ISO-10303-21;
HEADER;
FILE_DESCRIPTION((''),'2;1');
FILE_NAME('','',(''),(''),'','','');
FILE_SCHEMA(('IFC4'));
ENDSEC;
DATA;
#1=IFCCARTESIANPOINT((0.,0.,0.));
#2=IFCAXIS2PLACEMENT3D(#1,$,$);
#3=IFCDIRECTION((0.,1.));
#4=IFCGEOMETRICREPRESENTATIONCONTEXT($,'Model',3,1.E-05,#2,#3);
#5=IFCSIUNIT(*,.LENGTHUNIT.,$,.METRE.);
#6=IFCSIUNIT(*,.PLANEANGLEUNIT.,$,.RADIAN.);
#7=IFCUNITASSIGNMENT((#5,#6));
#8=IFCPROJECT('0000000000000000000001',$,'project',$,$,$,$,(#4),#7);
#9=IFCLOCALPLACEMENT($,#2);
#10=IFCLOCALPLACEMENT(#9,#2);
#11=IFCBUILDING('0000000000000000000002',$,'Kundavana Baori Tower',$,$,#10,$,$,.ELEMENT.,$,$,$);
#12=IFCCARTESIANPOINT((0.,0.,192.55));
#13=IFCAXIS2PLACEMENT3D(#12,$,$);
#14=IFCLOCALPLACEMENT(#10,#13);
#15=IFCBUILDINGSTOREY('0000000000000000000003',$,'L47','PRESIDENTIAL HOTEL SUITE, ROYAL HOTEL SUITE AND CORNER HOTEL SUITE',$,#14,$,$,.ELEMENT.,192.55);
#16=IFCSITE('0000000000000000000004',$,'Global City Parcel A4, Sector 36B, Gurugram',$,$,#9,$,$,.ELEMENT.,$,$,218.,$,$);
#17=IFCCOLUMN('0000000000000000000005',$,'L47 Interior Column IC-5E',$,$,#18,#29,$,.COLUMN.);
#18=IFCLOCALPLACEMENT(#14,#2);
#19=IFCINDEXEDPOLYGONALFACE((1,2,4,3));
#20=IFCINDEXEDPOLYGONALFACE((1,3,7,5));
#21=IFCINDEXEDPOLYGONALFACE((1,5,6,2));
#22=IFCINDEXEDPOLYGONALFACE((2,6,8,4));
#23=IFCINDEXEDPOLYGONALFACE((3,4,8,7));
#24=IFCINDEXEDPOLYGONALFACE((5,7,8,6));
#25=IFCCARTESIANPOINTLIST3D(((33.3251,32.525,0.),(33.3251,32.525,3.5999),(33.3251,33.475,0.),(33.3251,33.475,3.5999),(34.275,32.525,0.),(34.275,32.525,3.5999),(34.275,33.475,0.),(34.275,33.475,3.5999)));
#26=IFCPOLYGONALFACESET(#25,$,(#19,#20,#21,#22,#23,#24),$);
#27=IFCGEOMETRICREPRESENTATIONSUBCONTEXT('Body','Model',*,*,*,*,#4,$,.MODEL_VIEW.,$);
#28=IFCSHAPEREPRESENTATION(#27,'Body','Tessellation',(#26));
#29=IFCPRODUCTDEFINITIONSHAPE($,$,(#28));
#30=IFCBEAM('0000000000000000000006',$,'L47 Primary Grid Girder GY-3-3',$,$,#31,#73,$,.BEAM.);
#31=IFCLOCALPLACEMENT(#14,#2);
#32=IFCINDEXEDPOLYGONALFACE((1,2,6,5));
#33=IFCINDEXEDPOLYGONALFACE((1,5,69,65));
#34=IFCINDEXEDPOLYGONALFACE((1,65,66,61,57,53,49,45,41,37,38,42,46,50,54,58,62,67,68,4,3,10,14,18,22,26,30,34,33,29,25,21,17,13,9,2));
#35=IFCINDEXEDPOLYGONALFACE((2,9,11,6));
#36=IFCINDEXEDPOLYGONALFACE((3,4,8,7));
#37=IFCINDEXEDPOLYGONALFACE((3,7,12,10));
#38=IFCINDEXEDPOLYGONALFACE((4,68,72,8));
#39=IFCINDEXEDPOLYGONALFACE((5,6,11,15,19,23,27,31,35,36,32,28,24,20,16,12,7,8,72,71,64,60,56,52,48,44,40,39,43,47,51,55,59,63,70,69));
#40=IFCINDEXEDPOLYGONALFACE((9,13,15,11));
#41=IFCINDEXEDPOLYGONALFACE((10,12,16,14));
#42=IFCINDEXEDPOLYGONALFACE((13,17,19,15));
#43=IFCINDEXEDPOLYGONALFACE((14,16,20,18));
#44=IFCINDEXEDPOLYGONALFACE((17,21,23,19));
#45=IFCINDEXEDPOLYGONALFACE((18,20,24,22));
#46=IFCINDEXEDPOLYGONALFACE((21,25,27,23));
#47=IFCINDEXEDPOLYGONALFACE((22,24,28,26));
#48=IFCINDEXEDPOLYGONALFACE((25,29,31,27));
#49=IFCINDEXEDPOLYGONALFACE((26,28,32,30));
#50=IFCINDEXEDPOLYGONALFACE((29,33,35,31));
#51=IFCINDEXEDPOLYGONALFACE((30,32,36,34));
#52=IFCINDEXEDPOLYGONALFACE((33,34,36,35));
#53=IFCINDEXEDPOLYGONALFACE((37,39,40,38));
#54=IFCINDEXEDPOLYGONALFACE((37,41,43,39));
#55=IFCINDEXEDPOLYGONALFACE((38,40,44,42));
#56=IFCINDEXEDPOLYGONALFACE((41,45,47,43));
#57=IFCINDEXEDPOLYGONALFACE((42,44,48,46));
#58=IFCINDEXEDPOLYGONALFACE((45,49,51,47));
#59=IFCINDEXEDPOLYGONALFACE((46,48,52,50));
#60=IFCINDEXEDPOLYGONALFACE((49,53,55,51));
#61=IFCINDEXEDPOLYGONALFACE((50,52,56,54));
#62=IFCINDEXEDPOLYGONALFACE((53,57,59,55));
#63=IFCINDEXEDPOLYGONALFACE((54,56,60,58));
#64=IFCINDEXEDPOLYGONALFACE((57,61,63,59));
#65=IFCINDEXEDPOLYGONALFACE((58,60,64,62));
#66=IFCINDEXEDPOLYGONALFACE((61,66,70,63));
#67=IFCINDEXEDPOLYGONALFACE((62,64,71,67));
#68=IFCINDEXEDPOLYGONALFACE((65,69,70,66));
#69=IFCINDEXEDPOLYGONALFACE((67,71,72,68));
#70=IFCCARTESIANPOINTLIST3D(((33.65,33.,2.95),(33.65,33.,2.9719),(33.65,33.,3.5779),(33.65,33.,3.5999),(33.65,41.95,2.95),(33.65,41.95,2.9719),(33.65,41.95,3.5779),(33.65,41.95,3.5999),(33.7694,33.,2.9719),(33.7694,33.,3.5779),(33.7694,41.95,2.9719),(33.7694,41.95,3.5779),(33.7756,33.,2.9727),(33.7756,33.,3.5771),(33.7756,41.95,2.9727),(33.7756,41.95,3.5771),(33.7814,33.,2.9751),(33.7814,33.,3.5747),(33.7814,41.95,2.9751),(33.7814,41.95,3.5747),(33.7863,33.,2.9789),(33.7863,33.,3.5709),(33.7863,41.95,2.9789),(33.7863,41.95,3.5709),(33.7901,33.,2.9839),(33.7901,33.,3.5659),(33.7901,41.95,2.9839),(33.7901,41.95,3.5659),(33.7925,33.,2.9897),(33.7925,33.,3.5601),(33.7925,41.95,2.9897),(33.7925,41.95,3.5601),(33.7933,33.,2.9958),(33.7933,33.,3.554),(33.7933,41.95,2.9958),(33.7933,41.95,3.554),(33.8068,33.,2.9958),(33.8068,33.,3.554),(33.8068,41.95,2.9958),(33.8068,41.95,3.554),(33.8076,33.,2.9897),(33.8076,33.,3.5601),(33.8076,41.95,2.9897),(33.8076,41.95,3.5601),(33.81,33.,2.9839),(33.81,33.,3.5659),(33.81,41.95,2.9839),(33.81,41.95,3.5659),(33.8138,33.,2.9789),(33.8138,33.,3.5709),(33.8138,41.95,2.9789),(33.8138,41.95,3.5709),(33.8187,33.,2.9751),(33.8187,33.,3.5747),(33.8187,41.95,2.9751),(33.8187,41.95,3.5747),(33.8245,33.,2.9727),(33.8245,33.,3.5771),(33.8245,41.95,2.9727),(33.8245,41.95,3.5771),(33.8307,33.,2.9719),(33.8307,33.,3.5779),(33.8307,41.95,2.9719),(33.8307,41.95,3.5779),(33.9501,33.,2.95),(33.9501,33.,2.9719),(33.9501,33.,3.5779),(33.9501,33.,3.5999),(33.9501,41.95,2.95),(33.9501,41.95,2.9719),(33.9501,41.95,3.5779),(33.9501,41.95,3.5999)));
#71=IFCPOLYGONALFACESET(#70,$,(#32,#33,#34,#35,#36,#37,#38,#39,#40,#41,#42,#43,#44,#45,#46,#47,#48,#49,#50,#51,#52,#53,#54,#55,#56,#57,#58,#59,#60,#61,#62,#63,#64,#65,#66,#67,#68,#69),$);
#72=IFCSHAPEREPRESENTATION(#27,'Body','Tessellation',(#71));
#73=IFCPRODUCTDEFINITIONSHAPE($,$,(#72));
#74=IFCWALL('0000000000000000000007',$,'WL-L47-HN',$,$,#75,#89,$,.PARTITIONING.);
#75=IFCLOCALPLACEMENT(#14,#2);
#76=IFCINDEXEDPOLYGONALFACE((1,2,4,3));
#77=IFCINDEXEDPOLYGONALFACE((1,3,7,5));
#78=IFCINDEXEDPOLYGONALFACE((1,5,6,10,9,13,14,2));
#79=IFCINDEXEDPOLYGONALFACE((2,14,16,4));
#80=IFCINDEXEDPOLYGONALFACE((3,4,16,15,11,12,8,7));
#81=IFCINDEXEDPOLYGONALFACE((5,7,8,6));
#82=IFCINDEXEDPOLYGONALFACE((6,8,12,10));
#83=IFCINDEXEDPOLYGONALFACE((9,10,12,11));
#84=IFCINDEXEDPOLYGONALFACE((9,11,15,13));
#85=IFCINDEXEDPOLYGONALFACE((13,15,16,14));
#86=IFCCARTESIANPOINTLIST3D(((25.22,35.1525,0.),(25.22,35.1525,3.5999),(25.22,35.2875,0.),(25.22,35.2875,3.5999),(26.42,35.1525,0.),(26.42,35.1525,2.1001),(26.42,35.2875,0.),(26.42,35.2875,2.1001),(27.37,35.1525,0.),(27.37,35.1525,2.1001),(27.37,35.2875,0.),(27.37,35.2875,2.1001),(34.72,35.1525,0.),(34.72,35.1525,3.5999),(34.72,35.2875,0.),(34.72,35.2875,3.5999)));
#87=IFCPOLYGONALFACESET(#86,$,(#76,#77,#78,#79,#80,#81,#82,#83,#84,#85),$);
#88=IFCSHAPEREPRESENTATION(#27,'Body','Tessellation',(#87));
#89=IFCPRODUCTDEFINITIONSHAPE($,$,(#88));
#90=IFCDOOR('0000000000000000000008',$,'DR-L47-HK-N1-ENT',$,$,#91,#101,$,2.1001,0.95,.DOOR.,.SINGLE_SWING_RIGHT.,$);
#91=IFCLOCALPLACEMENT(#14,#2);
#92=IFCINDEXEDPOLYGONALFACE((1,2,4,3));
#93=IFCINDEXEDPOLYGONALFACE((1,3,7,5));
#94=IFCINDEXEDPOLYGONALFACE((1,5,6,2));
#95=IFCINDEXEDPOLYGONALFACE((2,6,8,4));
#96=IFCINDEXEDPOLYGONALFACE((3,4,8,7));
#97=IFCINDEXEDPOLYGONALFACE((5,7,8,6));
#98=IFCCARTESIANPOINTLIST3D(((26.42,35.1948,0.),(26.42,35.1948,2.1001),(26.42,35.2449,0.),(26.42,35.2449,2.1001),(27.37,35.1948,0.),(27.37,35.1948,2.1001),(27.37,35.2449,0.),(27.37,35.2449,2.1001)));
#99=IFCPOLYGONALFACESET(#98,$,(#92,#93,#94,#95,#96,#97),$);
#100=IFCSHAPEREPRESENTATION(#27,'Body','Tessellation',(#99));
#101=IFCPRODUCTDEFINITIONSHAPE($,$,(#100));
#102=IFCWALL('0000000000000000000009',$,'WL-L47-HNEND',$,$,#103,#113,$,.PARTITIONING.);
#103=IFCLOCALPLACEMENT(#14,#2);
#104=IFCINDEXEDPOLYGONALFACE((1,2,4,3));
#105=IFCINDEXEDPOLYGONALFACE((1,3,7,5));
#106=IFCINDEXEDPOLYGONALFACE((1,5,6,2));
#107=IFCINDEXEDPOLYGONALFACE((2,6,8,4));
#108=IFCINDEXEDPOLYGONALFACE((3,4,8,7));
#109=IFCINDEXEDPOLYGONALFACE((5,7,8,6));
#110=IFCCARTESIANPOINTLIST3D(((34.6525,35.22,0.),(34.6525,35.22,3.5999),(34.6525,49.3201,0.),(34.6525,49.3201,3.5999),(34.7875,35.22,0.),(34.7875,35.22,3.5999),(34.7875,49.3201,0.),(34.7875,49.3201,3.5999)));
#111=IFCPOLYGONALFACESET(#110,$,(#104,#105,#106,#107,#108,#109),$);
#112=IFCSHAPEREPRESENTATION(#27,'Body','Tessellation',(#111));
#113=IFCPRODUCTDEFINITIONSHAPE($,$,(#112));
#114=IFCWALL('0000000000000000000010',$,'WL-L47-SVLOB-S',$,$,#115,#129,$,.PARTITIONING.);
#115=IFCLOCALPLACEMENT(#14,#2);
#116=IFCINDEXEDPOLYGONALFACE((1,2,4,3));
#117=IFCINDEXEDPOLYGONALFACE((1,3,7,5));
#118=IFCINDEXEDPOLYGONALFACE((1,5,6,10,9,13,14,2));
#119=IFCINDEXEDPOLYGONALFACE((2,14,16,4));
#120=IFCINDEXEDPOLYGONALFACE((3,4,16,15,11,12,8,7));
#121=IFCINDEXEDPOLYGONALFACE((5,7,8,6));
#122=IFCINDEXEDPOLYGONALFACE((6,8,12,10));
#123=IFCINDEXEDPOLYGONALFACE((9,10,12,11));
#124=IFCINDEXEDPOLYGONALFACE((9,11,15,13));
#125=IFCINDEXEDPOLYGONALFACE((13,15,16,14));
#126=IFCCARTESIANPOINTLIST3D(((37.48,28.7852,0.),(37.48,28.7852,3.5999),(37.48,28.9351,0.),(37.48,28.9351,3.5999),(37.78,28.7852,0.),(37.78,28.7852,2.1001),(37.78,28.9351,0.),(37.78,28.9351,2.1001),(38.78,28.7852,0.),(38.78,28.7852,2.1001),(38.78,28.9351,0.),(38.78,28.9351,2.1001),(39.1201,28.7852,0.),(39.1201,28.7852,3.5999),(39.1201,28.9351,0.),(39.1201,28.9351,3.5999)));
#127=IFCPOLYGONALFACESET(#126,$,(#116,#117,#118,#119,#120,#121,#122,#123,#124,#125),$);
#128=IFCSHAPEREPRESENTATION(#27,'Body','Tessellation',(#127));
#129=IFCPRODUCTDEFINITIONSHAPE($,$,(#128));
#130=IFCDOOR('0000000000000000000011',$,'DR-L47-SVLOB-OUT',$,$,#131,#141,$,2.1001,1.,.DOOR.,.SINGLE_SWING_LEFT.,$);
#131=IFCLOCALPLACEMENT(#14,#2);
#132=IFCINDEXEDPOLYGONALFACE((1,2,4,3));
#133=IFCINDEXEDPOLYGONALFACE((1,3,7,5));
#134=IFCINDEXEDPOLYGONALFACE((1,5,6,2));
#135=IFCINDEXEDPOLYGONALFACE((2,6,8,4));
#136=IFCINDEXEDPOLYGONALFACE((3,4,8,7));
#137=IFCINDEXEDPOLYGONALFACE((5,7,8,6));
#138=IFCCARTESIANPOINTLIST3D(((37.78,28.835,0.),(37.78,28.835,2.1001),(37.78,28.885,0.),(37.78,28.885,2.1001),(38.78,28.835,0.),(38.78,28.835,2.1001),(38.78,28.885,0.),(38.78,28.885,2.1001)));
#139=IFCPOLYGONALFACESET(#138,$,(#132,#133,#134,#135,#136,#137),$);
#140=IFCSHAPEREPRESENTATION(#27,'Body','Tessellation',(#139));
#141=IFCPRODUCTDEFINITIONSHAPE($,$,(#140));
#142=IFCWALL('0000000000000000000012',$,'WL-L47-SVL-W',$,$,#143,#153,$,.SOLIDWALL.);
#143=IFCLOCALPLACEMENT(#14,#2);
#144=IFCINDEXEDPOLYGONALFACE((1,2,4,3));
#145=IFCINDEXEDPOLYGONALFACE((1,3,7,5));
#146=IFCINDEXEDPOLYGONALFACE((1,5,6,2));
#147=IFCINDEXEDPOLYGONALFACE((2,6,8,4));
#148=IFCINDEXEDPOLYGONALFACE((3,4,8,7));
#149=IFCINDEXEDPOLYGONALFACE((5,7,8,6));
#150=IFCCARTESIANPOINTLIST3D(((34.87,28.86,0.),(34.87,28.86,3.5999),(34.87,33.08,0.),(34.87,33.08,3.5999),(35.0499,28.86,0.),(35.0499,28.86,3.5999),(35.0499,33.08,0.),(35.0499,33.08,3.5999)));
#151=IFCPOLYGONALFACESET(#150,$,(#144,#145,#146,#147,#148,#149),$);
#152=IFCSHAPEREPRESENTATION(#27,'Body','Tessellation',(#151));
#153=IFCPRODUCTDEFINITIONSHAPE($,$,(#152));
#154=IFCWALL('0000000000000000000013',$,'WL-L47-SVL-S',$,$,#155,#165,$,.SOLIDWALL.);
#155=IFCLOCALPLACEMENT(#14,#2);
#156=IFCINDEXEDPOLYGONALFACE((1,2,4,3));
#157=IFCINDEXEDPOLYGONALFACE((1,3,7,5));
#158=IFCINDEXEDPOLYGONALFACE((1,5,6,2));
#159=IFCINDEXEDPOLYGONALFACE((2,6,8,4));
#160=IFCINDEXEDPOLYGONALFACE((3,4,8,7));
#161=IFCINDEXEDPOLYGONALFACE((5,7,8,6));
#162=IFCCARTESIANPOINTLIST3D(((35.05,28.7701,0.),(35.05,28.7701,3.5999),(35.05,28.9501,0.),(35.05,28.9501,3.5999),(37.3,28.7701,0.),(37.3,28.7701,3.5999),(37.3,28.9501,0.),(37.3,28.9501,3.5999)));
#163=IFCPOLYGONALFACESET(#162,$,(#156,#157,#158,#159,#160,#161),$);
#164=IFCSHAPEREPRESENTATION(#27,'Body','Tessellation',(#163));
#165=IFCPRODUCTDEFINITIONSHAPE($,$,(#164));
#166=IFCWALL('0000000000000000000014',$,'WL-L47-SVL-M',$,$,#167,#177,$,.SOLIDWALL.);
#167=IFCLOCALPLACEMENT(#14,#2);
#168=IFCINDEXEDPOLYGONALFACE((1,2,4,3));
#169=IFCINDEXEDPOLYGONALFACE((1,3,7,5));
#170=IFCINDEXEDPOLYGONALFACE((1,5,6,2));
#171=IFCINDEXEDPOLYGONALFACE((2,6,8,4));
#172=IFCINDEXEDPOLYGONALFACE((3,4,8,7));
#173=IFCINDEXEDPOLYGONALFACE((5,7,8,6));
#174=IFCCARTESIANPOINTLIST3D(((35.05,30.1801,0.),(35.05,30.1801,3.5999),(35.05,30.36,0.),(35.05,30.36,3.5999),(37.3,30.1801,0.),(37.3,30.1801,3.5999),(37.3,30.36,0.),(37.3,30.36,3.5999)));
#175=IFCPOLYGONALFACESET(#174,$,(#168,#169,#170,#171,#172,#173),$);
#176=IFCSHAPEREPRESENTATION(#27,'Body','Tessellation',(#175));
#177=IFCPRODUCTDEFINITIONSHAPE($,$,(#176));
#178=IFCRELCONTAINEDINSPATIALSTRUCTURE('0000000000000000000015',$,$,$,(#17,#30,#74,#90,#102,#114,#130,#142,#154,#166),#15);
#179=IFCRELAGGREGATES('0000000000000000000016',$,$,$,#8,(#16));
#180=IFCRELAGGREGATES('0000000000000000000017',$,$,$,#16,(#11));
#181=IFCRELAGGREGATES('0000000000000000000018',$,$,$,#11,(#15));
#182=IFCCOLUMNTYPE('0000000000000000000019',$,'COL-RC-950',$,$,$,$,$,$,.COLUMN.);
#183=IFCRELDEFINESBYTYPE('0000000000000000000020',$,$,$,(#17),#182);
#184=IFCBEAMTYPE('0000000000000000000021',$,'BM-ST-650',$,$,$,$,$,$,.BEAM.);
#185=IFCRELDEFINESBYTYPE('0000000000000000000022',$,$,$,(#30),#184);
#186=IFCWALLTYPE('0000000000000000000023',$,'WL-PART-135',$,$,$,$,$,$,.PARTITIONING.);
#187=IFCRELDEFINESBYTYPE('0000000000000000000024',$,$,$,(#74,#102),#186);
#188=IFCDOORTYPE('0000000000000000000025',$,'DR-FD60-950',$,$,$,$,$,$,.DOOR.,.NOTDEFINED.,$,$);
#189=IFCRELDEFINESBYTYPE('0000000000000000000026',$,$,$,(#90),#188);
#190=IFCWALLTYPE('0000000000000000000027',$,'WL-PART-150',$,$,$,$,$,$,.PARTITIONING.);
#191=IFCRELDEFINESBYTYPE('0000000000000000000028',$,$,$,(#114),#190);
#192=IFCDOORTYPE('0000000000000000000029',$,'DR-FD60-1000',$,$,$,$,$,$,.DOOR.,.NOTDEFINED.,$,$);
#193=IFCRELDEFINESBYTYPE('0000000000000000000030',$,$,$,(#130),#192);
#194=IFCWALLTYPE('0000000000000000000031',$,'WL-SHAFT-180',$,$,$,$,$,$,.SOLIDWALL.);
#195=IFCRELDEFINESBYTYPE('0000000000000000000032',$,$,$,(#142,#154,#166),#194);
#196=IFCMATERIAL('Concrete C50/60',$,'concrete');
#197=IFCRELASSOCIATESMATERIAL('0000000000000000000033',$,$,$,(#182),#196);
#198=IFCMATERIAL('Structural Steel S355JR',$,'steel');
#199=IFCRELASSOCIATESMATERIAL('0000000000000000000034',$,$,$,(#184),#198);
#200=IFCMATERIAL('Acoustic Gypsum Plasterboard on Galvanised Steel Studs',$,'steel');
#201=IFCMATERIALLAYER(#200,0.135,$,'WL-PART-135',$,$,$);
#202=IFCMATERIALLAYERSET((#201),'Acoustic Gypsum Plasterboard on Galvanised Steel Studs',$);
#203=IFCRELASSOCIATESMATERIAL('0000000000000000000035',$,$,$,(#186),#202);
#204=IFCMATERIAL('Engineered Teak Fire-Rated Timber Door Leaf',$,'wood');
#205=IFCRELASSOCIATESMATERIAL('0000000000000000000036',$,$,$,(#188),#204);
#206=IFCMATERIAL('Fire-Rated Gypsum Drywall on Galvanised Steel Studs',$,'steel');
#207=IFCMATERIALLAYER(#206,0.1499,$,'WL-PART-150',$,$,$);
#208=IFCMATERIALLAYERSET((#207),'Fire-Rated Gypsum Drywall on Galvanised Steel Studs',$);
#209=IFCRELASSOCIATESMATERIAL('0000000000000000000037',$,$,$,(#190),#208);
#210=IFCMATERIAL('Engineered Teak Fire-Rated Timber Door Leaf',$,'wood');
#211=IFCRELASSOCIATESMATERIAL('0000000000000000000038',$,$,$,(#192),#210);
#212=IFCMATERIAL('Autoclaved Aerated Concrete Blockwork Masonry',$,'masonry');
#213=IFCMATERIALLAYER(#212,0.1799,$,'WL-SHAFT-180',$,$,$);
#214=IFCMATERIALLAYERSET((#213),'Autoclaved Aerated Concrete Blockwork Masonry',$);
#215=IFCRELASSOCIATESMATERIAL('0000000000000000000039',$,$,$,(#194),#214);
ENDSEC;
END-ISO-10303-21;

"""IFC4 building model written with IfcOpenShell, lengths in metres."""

from ifc_helpers import new_model, si_unit, direction, frame, frame_2d, origin, origin_2d, place, context, subcontext, project, spatial, rectangle, i_section, extrude, material, layer, layer_set, material_profile, profile_set, type_object, element, fill, save


model = new_model("IFC4")

# Units and contexts
model_context = context("Model", 3, precision=1e-05, world=origin(), true_north=direction((0.0, 1.0)))
body_context = subcontext(model_context, "Body", "Model", "MODEL_VIEW")
ifc_project = project(units=[si_unit("LENGTHUNIT", "METRE"), si_unit("PLANEANGLEUNIT", "RADIAN")], contexts=[model_context])

# Site, building, storey
site_placement = place(None, origin())
site = spatial("IfcSite", under=ifc_project, at=site_placement, Name="Global City Parcel A4, Sector 36B, Gurugram", CompositionType="ELEMENT", RefElevation=218.0)
building_placement = place(site_placement, origin())
building = spatial("IfcBuilding", under=site, at=building_placement, Name="Kundavana Baori Tower", CompositionType="ELEMENT")
storey_placement = place(building_placement, frame((0.0, 0.0, 192.55)))
storey = spatial("IfcBuildingStorey", under=building, at=storey_placement, Name="L47", Description="PRESIDENTIAL HOTEL SUITE, ROYAL HOTEL SUITE AND CORNER HOTEL SUITE", CompositionType="ELEMENT", Elevation=192.55)

# Column
ifc_material_1 = material(Name="Concrete C50/60", Category="concrete")
ifc_material_profile_1 = material_profile(ifc_material_1, rectangle(XDim=0.95, YDim=0.95, at=origin_2d()), Name="RC 950x950")
ifc_profile_set_1 = profile_set([ifc_material_profile_1], Name="Concrete C50/60")
column_type = type_object("IfcColumnType", Name="COL-RC-950", PredefinedType="COLUMN", material=ifc_profile_set_1)
column_placement = place(storey_placement, frame((33.8, 33.0, 0.0), z_axis=(0.0, 0.0, 1.0), x_axis=(1.0, 0.0, 0.0)))
element("IfcColumn", 1, at=column_placement, inside=storey, type_object=column_type, Name="L47 Interior Column IC-5E", PredefinedType="COLUMN", context=body_context, shape_type="SweptSolid", body=[
    extrude(rectangle(XDim=0.95, YDim=0.95, at=origin_2d()), origin(), (0.0, 0.0, 1.0), 3.5999),
])

# Beam
ifc_material_2 = material(Name="Structural Steel S355JR", Category="steel")
ifc_material_profile_2 = material_profile(ifc_material_2, i_section(OverallWidth=0.3, OverallDepth=0.6499, WebThickness=0.0134, FlangeThickness=0.022, FilletRadius=0.0239, at=origin_2d()), Name="NPB 650x300x155")
ifc_profile_set_2 = profile_set([ifc_material_profile_2], Name="Structural Steel S355JR")
beam_type = type_object("IfcBeamType", Name="BM-ST-650", PredefinedType="BEAM", material=ifc_profile_set_2)
beam_placement = place(storey_placement, frame((33.8, 33.0, 3.2749), z_axis=(0.0, 1.0, 0.0), x_axis=(-1.0, 0.0, 0.0)))
element("IfcBeam", 2, at=beam_placement, inside=storey, type_object=beam_type, Name="L47 Primary Grid Girder GY-3-3", PredefinedType="BEAM", context=body_context, shape_type="SweptSolid", body=[
    extrude(i_section(OverallWidth=0.3, OverallDepth=0.6499, WebThickness=0.0134, FlangeThickness=0.022, FilletRadius=0.0239, at=origin_2d()), origin(), (0.0, 0.0, 1.0), 8.95),
])

# Wall, opening, door
ifc_material_3 = material(Name="Acoustic Gypsum Plasterboard on Galvanised Steel Studs", Category="steel")
ifc_layer_1 = layer(ifc_material_3, 0.135, Name="WL-PART-135")
ifc_layer_set_1 = layer_set([ifc_layer_1], Name="Acoustic Gypsum Plasterboard on Galvanised Steel Studs")
wall_type_1 = type_object("IfcWallType", Name="WL-PART-135", PredefinedType="PARTITIONING", material=ifc_layer_set_1)
wall_1_placement = place(storey_placement, frame((25.22, 35.22, 0.0), z_axis=(0.0, 0.0, 1.0), x_axis=(1.0, 0.0, 0.0)))
wall_1 = element("IfcWall", 3, at=wall_1_placement, inside=storey, type_object=wall_type_1, Name="WL-L47-HN", PredefinedType="PARTITIONING", context=body_context, shape_type="SweptSolid", body=[
    extrude(rectangle(XDim=9.5, YDim=0.135, at=frame_2d((4.75, 0.0))), origin(), (0.0, 0.0, 1.0), 3.5999),
])
opening_1_placement = place(wall_1_placement, frame((1.2, 0.0, 0.0)))
opening_1 = element("IfcOpeningElement", 4, at=opening_1_placement, cuts=wall_1, PredefinedType="OPENING", context=body_context, shape_type="SweptSolid", body=[
    extrude(rectangle(XDim=0.95, YDim=2.1001, at=frame_2d((0.4751, 1.05))), frame((0.0, 0.0776, 0.0), z_axis=(0.0, -1.0, 0.0), x_axis=(1.0, 0.0, 0.0)), (0.0, 0.0, 1.0), 0.155),
])
ifc_material_4 = material(Name="Engineered Teak Fire-Rated Timber Door Leaf", Category="wood")
door_type_1 = type_object("IfcDoorType", Name="DR-FD60-950", OperationType="NOTDEFINED", PredefinedType="DOOR", material=ifc_material_4)
door_1_placement = place(opening_1_placement, origin())
door_1 = element("IfcDoor", 5, at=door_1_placement, inside=storey, type_object=door_type_1, Name="DR-L47-HK-N1-ENT", OperationType="SINGLE_SWING_RIGHT", OverallHeight=2.1001, OverallWidth=0.95, PredefinedType="DOOR", context=body_context, shape_type="SweptSolid", body=[
    extrude(rectangle(XDim=0.95, YDim=2.1001, at=frame_2d((0.4751, 1.05))), frame((0.0, 0.0249, 0.0), z_axis=(0.0, -1.0, 0.0), x_axis=(1.0, 0.0, 0.0)), (0.0, 0.0, 1.0), 0.05),
])
fill(opening_1, door_1)

# Wall
wall_2_placement = place(storey_placement, frame((34.72, 35.22, 0.0), z_axis=(0.0, 0.0, 1.0), x_axis=(0.0, 1.0, 0.0)))
element("IfcWall", 6, at=wall_2_placement, inside=storey, type_object=wall_type_1, Name="WL-L47-HNEND", PredefinedType="PARTITIONING", context=body_context, shape_type="SweptSolid", body=[
    extrude(rectangle(XDim=14.1001, YDim=0.135, at=frame_2d((7.05, 0.0))), origin(), (0.0, 0.0, 1.0), 3.5999),
])

# Wall, opening, door
ifc_material_5 = material(Name="Fire-Rated Gypsum Drywall on Galvanised Steel Studs", Category="steel")
ifc_layer_2 = layer(ifc_material_5, 0.1499, Name="WL-PART-150")
ifc_layer_set_2 = layer_set([ifc_layer_2], Name="Fire-Rated Gypsum Drywall on Galvanised Steel Studs")
wall_type_2 = type_object("IfcWallType", Name="WL-PART-150", PredefinedType="PARTITIONING", material=ifc_layer_set_2)
wall_3_placement = place(storey_placement, frame((37.48, 28.8601, 0.0), z_axis=(0.0, 0.0, 1.0), x_axis=(1.0, 0.0, 0.0)))
wall_3 = element("IfcWall", 7, at=wall_3_placement, inside=storey, type_object=wall_type_2, Name="WL-L47-SVLOB-S", PredefinedType="PARTITIONING", context=body_context, shape_type="SweptSolid", body=[
    extrude(rectangle(XDim=1.6401, YDim=0.1499, at=frame_2d((0.8201, 0.0))), origin(), (0.0, 0.0, 1.0), 3.5999),
])
opening_2_placement = place(wall_3_placement, frame((0.3, 0.0, 0.0)))
opening_2 = element("IfcOpeningElement", 8, at=opening_2_placement, cuts=wall_3, PredefinedType="OPENING", context=body_context, shape_type="SweptSolid", body=[
    extrude(rectangle(XDim=1.0, YDim=2.1001, at=frame_2d((0.5, 1.05))), frame((0.0, 0.085, 0.0), z_axis=(0.0, -1.0, 0.0), x_axis=(1.0, 0.0, 0.0)), (0.0, 0.0, 1.0), 0.1699),
])
ifc_material_6 = material(Name="Engineered Teak Fire-Rated Timber Door Leaf", Category="wood")
door_type_2 = type_object("IfcDoorType", Name="DR-FD60-1000", OperationType="NOTDEFINED", PredefinedType="DOOR", material=ifc_material_6)
door_2_placement = place(opening_2_placement, origin())
door_2 = element("IfcDoor", 9, at=door_2_placement, inside=storey, type_object=door_type_2, Name="DR-L47-SVLOB-OUT", OperationType="SINGLE_SWING_LEFT", OverallHeight=2.1001, OverallWidth=1.0, PredefinedType="DOOR", context=body_context, shape_type="SweptSolid", body=[
    extrude(rectangle(XDim=1.0, YDim=2.1001, at=frame_2d((0.5, 1.05))), frame((0.0, 0.0249, 0.0), z_axis=(0.0, -1.0, 0.0), x_axis=(1.0, 0.0, 0.0)), (0.0, 0.0, 1.0), 0.05),
])
fill(opening_2, door_2)

# Wall
ifc_material_7 = material(Name="Autoclaved Aerated Concrete Blockwork Masonry", Category="masonry")
ifc_layer_3 = layer(ifc_material_7, 0.1799, Name="WL-SHAFT-180")
ifc_layer_set_3 = layer_set([ifc_layer_3], Name="Autoclaved Aerated Concrete Blockwork Masonry")
wall_type_3 = type_object("IfcWallType", Name="WL-SHAFT-180", PredefinedType="SOLIDWALL", material=ifc_layer_set_3)
wall_4_placement = place(storey_placement, frame((34.96, 28.8601, 0.0), z_axis=(0.0, 0.0, 1.0), x_axis=(0.0, 1.0, 0.0)))
element("IfcWall", 10, at=wall_4_placement, inside=storey, type_object=wall_type_3, Name="WL-L47-SVL-W", PredefinedType="SOLIDWALL", context=body_context, shape_type="SweptSolid", body=[
    extrude(rectangle(XDim=4.22, YDim=0.1799, at=frame_2d((2.1099, 0.0))), origin(), (0.0, 0.0, 1.0), 3.5999),
])

# Walls
for number, where, z_axis, x_axis, name in (
    (11, (35.05, 28.8601, 0.0), (0.0, 0.0, 1.0), (1.0, 0.0, 0.0), "WL-L47-SVL-S"),
    (12, (35.05, 30.27, 0.0), (0.0, 0.0, 1.0), (1.0, 0.0, 0.0), "WL-L47-SVL-M"),
):
    element("IfcWall", number, at=place(storey_placement, frame(where, z_axis=z_axis, x_axis=x_axis)), inside=storey, type_object=wall_type_3, Name=name, PredefinedType="SOLIDWALL", context=body_context, shape_type="SweptSolid", body=[
        extrude(rectangle(XDim=2.25, YDim=0.1799, at=frame_2d((1.125, 0.0))), origin(), (0.0, 0.0, 1.0), 3.5999),
    ])

save(model, "model.ifc")
